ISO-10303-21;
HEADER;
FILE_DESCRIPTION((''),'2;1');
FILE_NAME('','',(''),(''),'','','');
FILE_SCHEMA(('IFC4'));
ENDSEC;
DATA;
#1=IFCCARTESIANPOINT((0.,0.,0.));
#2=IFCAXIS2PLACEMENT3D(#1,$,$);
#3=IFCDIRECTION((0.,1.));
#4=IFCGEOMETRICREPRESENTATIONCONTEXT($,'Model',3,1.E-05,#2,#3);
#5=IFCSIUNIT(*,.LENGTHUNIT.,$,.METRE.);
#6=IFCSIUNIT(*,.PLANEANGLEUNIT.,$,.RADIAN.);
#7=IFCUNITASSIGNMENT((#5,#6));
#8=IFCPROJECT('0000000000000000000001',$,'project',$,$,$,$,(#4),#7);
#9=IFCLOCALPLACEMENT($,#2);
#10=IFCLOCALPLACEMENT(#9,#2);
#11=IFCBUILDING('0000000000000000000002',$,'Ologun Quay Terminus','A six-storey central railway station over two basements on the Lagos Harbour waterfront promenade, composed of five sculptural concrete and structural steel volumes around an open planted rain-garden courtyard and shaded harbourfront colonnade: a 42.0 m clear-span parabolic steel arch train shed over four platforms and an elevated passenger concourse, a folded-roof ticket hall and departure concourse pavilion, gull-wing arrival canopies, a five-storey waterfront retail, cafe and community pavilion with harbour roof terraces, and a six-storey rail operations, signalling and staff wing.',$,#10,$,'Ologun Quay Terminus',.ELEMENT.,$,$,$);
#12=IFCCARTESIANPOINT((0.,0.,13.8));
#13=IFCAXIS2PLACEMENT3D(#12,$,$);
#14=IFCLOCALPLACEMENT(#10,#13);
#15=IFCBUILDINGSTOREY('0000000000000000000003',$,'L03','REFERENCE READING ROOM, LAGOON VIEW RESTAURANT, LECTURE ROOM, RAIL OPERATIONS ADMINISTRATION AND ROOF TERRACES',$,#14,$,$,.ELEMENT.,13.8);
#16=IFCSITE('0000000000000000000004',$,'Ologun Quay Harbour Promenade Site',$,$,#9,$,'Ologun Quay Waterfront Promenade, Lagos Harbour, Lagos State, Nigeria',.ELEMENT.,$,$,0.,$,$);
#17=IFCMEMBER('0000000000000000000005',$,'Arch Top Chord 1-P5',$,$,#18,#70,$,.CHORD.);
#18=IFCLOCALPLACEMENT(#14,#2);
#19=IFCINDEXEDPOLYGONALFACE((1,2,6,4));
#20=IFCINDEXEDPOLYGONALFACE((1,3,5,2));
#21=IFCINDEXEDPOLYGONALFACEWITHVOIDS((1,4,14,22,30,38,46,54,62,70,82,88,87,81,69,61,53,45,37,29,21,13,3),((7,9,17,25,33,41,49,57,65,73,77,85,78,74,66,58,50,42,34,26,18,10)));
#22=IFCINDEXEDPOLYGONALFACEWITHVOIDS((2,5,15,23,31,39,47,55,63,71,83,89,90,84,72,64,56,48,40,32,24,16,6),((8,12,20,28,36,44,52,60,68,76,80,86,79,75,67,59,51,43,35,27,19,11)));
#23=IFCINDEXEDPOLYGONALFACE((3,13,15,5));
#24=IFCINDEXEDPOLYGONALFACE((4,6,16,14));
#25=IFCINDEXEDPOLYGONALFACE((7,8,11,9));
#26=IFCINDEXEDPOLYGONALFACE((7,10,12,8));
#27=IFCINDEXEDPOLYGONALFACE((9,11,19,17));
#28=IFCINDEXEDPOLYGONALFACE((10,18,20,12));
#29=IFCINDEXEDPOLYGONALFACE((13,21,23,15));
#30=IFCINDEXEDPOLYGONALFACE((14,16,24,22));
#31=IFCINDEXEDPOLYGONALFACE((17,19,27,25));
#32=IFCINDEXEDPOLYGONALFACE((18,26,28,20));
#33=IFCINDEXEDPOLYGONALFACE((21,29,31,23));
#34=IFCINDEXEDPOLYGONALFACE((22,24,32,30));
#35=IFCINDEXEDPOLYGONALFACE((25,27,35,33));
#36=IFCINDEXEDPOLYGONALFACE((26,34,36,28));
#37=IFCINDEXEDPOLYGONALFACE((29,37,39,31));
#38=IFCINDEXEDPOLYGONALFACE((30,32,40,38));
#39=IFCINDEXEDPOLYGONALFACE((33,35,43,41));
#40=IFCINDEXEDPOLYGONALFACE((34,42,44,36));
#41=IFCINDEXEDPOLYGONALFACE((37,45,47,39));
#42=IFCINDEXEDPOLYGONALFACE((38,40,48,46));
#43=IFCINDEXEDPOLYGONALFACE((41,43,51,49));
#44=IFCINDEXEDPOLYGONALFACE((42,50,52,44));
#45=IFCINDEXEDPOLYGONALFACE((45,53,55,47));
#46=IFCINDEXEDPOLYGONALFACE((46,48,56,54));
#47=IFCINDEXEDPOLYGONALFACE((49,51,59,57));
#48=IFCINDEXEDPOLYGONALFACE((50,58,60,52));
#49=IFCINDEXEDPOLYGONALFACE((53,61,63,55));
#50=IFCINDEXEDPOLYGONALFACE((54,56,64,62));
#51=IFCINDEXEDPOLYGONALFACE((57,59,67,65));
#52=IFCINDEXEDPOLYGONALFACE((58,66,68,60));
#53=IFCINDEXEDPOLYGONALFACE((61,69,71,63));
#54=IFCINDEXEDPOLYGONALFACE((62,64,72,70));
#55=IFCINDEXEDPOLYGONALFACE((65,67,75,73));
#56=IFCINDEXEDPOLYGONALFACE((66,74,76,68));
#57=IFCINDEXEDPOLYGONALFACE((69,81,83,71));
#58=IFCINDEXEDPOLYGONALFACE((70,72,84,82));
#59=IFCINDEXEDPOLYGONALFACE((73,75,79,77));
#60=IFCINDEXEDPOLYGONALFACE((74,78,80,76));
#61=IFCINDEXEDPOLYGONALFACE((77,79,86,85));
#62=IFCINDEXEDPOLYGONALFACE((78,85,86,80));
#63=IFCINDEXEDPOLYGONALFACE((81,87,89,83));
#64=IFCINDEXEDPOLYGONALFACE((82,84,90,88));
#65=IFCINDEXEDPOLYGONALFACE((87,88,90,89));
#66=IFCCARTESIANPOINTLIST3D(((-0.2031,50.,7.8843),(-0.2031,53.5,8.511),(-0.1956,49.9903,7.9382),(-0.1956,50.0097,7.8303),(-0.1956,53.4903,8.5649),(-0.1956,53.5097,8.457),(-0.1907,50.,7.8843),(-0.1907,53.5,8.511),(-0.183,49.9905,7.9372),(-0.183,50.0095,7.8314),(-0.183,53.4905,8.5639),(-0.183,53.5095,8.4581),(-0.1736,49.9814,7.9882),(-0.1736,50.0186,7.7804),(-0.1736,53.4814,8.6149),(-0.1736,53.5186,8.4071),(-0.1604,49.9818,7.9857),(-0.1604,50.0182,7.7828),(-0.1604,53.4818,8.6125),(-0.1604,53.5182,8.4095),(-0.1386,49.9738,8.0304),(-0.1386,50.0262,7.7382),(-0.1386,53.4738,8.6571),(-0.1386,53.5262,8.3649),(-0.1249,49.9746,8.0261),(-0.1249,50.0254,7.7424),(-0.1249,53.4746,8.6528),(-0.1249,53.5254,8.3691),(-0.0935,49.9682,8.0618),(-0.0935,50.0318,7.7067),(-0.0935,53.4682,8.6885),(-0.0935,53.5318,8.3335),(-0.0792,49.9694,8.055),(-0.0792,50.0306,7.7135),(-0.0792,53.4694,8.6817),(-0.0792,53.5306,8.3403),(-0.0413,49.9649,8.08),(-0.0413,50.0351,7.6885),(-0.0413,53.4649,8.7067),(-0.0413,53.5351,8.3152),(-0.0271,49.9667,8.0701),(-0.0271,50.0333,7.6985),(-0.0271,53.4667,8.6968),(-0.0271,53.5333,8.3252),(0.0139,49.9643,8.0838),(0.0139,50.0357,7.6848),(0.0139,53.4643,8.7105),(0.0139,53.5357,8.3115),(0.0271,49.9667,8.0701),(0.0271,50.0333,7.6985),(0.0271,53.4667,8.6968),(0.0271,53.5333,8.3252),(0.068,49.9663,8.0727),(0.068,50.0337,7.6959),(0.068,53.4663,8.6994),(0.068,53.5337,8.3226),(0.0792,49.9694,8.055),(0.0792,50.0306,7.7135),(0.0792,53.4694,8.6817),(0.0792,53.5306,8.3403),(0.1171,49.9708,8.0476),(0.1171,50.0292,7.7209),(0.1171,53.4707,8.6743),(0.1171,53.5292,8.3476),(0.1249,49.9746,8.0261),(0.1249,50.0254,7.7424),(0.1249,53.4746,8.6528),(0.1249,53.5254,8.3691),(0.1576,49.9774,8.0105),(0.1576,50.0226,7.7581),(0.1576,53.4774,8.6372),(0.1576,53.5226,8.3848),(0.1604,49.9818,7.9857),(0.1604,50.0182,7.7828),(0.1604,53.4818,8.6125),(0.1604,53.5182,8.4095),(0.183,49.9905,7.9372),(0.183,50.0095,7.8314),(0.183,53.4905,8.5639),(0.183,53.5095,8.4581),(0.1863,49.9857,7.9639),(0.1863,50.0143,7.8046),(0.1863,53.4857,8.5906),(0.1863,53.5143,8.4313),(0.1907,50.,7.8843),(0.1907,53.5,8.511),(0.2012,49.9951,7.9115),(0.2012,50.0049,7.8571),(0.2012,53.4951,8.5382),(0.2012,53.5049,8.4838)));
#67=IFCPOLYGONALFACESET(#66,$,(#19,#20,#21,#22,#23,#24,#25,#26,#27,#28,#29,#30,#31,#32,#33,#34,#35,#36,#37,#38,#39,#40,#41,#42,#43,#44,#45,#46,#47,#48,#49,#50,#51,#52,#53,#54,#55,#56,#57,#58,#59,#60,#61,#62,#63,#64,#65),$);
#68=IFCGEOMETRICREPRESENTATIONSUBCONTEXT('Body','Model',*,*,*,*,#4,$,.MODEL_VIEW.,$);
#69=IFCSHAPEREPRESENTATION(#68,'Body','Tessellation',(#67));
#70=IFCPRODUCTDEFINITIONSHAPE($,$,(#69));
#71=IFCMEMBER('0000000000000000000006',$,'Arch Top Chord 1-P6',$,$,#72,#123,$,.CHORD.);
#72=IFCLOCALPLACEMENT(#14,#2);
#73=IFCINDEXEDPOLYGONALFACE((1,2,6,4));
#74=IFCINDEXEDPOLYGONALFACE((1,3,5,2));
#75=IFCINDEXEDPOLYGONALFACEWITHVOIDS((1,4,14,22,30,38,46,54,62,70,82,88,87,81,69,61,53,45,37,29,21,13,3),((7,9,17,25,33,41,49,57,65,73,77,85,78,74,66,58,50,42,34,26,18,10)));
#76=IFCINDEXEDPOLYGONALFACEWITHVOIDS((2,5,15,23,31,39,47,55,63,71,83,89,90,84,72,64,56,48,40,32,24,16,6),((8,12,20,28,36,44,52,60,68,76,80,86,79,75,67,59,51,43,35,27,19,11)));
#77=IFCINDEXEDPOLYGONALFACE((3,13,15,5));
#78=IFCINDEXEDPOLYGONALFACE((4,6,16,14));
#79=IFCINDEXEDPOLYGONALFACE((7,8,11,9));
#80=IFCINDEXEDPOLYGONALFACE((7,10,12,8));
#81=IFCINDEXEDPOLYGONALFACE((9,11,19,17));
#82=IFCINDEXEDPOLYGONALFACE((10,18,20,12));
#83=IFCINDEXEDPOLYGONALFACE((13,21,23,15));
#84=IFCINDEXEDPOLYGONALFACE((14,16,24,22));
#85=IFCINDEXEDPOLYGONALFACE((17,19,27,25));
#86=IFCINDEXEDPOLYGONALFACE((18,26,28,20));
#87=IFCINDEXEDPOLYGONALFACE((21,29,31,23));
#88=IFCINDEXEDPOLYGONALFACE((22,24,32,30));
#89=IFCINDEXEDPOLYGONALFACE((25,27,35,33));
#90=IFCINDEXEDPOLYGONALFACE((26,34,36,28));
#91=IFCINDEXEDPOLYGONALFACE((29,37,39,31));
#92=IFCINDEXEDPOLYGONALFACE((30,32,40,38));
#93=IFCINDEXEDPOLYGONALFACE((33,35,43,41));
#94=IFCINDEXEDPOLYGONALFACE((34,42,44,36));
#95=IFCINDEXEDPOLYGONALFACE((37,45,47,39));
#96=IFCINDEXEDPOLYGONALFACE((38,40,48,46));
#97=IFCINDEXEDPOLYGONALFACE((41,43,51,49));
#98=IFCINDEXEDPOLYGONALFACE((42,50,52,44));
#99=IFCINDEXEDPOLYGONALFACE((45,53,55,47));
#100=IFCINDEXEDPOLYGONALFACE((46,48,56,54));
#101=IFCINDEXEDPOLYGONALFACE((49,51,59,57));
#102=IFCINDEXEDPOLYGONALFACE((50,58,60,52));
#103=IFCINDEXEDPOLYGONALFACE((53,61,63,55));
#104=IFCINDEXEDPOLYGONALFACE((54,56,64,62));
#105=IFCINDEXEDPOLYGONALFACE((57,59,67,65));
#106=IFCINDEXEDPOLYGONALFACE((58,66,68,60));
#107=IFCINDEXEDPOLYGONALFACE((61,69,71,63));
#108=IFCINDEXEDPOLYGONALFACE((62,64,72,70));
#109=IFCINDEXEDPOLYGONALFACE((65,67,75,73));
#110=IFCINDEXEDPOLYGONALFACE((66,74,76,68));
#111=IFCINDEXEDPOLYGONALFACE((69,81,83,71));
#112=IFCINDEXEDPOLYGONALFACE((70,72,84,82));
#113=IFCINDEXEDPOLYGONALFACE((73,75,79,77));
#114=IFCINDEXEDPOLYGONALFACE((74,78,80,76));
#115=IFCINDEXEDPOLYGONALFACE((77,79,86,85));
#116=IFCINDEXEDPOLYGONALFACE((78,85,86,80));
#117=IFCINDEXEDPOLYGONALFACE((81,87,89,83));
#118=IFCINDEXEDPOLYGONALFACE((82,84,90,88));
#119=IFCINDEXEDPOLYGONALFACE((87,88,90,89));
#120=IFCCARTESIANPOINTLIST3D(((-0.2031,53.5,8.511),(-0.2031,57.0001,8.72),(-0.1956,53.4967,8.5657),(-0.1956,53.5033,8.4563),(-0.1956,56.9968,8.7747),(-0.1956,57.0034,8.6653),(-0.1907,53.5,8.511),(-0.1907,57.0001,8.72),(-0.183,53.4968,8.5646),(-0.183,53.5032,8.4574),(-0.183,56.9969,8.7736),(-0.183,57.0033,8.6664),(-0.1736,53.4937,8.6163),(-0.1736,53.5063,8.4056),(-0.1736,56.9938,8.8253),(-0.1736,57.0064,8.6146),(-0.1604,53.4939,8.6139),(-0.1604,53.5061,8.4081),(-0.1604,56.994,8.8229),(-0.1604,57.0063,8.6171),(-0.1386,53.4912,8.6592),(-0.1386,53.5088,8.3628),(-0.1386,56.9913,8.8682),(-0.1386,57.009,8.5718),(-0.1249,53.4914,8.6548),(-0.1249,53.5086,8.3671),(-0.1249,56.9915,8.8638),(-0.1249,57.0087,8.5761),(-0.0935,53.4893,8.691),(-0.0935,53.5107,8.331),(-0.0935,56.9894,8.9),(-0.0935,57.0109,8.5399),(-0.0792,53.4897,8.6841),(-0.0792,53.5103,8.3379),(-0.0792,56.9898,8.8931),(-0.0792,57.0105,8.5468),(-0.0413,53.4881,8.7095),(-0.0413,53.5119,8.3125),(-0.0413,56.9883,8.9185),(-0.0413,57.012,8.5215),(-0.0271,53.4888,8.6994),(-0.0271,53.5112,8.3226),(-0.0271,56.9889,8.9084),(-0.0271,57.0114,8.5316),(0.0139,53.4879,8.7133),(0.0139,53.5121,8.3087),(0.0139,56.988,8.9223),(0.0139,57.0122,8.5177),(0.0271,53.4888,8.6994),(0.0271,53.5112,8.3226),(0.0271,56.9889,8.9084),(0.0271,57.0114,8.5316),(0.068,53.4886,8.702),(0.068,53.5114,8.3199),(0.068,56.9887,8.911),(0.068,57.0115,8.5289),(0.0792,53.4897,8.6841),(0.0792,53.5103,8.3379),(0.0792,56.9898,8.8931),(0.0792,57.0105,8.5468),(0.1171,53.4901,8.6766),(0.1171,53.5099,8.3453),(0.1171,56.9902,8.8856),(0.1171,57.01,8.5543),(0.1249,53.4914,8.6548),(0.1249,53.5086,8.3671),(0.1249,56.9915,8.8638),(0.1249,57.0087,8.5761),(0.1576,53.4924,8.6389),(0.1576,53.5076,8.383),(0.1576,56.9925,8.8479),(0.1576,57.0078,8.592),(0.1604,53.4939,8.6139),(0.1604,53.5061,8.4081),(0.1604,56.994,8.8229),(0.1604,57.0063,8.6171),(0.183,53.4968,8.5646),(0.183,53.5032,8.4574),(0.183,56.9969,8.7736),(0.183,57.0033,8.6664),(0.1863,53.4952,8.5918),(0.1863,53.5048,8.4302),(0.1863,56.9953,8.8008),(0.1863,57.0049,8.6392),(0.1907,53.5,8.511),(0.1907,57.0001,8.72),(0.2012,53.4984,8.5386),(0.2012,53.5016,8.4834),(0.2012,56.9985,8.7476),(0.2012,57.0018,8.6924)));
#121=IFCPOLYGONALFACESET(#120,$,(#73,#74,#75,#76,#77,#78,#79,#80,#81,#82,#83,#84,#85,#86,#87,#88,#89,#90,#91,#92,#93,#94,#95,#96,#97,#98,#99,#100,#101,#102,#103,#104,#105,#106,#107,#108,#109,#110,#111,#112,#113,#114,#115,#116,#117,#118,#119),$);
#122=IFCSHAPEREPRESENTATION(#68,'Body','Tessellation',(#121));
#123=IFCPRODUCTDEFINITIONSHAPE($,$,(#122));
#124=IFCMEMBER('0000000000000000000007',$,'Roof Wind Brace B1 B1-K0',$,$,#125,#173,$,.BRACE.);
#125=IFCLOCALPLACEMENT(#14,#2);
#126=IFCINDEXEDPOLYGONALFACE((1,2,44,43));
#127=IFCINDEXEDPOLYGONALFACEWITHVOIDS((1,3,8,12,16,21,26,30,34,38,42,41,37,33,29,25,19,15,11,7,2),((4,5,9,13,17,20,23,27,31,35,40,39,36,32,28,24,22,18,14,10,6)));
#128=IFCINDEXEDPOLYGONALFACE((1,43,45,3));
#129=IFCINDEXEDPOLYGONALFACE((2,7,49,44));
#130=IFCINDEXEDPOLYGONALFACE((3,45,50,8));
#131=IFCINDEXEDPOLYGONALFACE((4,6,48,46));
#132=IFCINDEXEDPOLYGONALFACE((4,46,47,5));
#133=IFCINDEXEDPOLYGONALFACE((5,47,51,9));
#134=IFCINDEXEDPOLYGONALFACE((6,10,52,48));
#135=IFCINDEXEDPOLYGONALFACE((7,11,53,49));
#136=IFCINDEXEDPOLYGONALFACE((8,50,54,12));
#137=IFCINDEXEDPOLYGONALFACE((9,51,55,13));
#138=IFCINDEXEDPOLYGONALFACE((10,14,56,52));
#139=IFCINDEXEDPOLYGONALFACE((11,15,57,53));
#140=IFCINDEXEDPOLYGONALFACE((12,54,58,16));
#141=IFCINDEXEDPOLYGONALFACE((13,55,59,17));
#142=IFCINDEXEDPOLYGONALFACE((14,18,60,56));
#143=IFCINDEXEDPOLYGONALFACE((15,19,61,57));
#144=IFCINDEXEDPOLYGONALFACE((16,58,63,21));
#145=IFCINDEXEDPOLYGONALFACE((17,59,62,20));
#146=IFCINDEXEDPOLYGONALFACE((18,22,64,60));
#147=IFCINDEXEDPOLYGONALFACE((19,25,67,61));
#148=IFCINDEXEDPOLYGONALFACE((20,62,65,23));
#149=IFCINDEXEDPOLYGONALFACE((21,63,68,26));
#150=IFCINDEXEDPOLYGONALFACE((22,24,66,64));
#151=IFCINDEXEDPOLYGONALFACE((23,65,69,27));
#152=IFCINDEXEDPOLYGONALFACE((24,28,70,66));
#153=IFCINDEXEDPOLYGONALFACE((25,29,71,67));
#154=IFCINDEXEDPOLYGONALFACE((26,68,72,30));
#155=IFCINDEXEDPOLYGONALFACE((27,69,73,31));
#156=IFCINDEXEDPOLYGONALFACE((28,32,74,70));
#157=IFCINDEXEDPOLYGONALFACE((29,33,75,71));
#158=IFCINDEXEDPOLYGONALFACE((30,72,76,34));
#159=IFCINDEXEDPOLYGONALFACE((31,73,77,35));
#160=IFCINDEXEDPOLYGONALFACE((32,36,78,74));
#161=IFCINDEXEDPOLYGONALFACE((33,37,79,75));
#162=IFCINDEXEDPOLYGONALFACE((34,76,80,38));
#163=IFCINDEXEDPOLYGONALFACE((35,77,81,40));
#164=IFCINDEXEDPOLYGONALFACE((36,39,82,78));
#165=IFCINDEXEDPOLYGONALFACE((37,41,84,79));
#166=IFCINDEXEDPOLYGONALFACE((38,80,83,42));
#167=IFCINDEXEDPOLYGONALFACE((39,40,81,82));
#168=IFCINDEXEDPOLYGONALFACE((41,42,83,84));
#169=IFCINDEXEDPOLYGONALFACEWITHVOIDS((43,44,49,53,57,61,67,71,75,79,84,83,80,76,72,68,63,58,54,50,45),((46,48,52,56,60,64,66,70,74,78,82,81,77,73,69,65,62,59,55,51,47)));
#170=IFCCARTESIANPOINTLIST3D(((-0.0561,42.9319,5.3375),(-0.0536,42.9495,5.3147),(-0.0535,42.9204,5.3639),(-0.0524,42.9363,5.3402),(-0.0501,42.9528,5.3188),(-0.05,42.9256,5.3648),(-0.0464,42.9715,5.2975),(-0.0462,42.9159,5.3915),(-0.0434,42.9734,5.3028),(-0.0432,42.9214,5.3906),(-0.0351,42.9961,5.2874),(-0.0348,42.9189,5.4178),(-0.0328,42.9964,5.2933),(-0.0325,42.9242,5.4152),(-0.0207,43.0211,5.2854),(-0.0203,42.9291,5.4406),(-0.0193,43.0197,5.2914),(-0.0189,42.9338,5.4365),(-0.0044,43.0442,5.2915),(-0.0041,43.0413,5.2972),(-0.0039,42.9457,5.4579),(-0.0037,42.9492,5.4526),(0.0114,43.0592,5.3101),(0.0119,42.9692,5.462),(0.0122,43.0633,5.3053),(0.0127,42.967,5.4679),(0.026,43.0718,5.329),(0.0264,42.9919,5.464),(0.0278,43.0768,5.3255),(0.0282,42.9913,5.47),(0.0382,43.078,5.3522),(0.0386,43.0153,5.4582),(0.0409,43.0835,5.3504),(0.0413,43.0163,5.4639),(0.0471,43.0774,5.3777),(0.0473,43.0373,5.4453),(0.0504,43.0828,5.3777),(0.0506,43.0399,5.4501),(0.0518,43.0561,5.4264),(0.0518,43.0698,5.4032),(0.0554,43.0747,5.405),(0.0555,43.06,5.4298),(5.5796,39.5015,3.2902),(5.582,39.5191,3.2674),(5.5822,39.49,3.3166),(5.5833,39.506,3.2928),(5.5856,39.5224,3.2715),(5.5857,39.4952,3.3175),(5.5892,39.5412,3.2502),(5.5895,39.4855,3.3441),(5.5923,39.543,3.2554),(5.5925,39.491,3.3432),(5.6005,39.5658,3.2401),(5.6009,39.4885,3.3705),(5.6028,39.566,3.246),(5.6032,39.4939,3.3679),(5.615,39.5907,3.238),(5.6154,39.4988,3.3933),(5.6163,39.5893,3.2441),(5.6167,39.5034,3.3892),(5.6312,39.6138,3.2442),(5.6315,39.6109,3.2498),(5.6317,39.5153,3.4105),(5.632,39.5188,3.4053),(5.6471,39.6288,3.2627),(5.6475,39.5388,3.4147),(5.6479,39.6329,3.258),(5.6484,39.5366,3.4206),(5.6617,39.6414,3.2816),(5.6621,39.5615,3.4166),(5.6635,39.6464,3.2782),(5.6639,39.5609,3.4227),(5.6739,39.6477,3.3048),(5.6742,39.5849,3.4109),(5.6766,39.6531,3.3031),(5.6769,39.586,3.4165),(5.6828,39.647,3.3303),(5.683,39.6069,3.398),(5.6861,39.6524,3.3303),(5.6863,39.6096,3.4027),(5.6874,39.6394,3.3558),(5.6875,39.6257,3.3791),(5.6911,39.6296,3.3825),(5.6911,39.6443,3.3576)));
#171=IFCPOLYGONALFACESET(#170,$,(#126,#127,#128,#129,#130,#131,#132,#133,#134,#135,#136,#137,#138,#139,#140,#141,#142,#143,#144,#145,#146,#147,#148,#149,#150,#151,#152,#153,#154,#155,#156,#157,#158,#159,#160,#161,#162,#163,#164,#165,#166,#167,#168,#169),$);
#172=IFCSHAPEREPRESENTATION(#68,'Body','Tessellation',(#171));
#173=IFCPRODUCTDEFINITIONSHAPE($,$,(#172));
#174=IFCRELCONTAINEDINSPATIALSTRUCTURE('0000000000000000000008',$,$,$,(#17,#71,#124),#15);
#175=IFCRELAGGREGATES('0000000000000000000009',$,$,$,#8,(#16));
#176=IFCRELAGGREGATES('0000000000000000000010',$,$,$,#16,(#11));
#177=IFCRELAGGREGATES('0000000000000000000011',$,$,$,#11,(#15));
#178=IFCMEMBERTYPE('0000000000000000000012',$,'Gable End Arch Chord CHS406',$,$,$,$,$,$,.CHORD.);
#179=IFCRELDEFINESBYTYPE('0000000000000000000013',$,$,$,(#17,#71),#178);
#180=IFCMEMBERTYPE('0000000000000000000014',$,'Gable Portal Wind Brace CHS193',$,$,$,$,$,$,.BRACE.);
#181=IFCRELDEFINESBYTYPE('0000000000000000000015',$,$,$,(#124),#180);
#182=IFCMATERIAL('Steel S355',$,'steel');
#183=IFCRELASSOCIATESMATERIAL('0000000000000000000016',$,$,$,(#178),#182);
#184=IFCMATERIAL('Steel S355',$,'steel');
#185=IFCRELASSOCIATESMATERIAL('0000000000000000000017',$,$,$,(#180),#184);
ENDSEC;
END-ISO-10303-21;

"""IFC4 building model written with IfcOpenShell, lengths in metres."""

from ifc_helpers import new_model, si_unit, direction, frame, origin, origin_2d, place, context, subcontext, project, spatial, hollow_circle, extrude, material, material_profile, profile_set, type_object, element, save


model = new_model("IFC4")

# Units and contexts
model_context = context("Model", 3, precision=1e-05, world=origin(), true_north=direction((0.0, 1.0)))
body_context = subcontext(model_context, "Body", "Model", "MODEL_VIEW")
ifc_project = project(units=[si_unit("LENGTHUNIT", "METRE"), si_unit("PLANEANGLEUNIT", "RADIAN")], contexts=[model_context])

# Site, building, storey
site_placement = place(None, origin())
site = spatial("IfcSite", under=ifc_project, at=site_placement, Name="Ologun Quay Harbour Promenade Site", LongName="Ologun Quay Waterfront Promenade, Lagos Harbour, Lagos State, Nigeria", CompositionType="ELEMENT", RefElevation=0.0)
building_placement = place(site_placement, origin())
building = spatial("IfcBuilding", under=site, at=building_placement, Name="Ologun Quay Terminus", Description="A six-storey central railway station over two basements on the Lagos Harbour waterfront promenade, composed of five sculptural concrete and structural steel volumes around an open planted rain-garden courtyard and shaded harbourfront colonnade: a 42.0 m clear-span parabolic steel arch train shed over four platforms and an elevated passenger concourse, a folded-roof ticket hall and departure concourse pavilion, gull-wing arrival canopies, a five-storey waterfront retail, cafe and community pavilion with harbour roof terraces, and a six-storey rail operations, signalling and staff wing.", LongName="Ologun Quay Terminus", CompositionType="ELEMENT")
storey_placement = place(building_placement, frame((0.0, 0.0, 13.8)))
storey = spatial("IfcBuildingStorey", under=building, at=storey_placement, Name="L03", Description="REFERENCE READING ROOM, LAGOON VIEW RESTAURANT, LECTURE ROOM, RAIL OPERATIONS ADMINISTRATION AND ROOF TERRACES", CompositionType="ELEMENT", Elevation=13.8)

# Members
ifc_material_1 = material(Name="Steel S355", Category="steel")
ifc_material_profile_1 = material_profile(ifc_material_1, hollow_circle(Radius=0.2031, WallThickness=0.0125, at=origin_2d()), Name="CHS 406.4x12.5")
ifc_profile_set_1 = profile_set([ifc_material_profile_1], Name="Steel S355")
member_type_1 = type_object("IfcMemberType", Name="Gable End Arch Chord CHS406", PredefinedType="CHORD", material=ifc_profile_set_1)
member_1_placement = place(storey_placement, frame((0.0, 50.0, 7.8843), z_axis=(0.0, 0.984344, 0.176256), x_axis=(-1.0, 0.0, 0.0)))
element("IfcMember", 1, at=member_1_placement, inside=storey, type_object=member_type_1, Name="Arch Top Chord 1-P5", PredefinedType="CHORD", context=body_context, shape_type="SweptSolid", body=[
    extrude(hollow_circle(Radius=0.2031, WallThickness=0.0125, at=origin_2d()), origin(), (0.0, 0.0, 1.0), 3.5557),
])
member_2_placement = place(storey_placement, frame((0.0, 53.5, 8.511), z_axis=(0.0, 0.998222, 0.059604), x_axis=(-1.0, 0.0, 0.0)))
element("IfcMember", 2, at=member_2_placement, inside=storey, type_object=member_type_1, Name="Arch Top Chord 1-P6", PredefinedType="CHORD", context=body_context, shape_type="SweptSolid", body=[
    extrude(hollow_circle(Radius=0.2031, WallThickness=0.0125, at=origin_2d()), origin(), (0.0, 0.0, 1.0), 3.5063),
])
ifc_material_2 = material(Name="Steel S355", Category="steel")
ifc_material_profile_2 = material_profile(ifc_material_2, hollow_circle(Radius=0.0969, WallThickness=0.0063, at=origin_2d()), Name="CHS 193.7x6.3")
ifc_profile_set_2 = profile_set([ifc_material_profile_2], Name="Steel S355")
member_type_2 = type_object("IfcMemberType", Name="Gable Portal Wind Brace CHS193", PredefinedType="BRACE", material=ifc_profile_set_2)
member_3_placement = place(storey_placement, frame((0.0, 43.0, 5.3777), z_axis=(0.815823, -0.496583, -0.296374), x_axis=(0.519943, 0.854201, 0.0)))
element("IfcMember", 3, at=member_3_placement, inside=storey, type_object=member_type_2, Name="Roof Wind Brace B1 B1-K0", PredefinedType="BRACE", context=body_context, shape_type="SweptSolid", body=[
    extrude(hollow_circle(Radius=0.0969, WallThickness=0.0063, at=origin_2d()), origin(), (0.0, 0.0, 1.0), 6.908),
])

save(model, "model.ifc")
